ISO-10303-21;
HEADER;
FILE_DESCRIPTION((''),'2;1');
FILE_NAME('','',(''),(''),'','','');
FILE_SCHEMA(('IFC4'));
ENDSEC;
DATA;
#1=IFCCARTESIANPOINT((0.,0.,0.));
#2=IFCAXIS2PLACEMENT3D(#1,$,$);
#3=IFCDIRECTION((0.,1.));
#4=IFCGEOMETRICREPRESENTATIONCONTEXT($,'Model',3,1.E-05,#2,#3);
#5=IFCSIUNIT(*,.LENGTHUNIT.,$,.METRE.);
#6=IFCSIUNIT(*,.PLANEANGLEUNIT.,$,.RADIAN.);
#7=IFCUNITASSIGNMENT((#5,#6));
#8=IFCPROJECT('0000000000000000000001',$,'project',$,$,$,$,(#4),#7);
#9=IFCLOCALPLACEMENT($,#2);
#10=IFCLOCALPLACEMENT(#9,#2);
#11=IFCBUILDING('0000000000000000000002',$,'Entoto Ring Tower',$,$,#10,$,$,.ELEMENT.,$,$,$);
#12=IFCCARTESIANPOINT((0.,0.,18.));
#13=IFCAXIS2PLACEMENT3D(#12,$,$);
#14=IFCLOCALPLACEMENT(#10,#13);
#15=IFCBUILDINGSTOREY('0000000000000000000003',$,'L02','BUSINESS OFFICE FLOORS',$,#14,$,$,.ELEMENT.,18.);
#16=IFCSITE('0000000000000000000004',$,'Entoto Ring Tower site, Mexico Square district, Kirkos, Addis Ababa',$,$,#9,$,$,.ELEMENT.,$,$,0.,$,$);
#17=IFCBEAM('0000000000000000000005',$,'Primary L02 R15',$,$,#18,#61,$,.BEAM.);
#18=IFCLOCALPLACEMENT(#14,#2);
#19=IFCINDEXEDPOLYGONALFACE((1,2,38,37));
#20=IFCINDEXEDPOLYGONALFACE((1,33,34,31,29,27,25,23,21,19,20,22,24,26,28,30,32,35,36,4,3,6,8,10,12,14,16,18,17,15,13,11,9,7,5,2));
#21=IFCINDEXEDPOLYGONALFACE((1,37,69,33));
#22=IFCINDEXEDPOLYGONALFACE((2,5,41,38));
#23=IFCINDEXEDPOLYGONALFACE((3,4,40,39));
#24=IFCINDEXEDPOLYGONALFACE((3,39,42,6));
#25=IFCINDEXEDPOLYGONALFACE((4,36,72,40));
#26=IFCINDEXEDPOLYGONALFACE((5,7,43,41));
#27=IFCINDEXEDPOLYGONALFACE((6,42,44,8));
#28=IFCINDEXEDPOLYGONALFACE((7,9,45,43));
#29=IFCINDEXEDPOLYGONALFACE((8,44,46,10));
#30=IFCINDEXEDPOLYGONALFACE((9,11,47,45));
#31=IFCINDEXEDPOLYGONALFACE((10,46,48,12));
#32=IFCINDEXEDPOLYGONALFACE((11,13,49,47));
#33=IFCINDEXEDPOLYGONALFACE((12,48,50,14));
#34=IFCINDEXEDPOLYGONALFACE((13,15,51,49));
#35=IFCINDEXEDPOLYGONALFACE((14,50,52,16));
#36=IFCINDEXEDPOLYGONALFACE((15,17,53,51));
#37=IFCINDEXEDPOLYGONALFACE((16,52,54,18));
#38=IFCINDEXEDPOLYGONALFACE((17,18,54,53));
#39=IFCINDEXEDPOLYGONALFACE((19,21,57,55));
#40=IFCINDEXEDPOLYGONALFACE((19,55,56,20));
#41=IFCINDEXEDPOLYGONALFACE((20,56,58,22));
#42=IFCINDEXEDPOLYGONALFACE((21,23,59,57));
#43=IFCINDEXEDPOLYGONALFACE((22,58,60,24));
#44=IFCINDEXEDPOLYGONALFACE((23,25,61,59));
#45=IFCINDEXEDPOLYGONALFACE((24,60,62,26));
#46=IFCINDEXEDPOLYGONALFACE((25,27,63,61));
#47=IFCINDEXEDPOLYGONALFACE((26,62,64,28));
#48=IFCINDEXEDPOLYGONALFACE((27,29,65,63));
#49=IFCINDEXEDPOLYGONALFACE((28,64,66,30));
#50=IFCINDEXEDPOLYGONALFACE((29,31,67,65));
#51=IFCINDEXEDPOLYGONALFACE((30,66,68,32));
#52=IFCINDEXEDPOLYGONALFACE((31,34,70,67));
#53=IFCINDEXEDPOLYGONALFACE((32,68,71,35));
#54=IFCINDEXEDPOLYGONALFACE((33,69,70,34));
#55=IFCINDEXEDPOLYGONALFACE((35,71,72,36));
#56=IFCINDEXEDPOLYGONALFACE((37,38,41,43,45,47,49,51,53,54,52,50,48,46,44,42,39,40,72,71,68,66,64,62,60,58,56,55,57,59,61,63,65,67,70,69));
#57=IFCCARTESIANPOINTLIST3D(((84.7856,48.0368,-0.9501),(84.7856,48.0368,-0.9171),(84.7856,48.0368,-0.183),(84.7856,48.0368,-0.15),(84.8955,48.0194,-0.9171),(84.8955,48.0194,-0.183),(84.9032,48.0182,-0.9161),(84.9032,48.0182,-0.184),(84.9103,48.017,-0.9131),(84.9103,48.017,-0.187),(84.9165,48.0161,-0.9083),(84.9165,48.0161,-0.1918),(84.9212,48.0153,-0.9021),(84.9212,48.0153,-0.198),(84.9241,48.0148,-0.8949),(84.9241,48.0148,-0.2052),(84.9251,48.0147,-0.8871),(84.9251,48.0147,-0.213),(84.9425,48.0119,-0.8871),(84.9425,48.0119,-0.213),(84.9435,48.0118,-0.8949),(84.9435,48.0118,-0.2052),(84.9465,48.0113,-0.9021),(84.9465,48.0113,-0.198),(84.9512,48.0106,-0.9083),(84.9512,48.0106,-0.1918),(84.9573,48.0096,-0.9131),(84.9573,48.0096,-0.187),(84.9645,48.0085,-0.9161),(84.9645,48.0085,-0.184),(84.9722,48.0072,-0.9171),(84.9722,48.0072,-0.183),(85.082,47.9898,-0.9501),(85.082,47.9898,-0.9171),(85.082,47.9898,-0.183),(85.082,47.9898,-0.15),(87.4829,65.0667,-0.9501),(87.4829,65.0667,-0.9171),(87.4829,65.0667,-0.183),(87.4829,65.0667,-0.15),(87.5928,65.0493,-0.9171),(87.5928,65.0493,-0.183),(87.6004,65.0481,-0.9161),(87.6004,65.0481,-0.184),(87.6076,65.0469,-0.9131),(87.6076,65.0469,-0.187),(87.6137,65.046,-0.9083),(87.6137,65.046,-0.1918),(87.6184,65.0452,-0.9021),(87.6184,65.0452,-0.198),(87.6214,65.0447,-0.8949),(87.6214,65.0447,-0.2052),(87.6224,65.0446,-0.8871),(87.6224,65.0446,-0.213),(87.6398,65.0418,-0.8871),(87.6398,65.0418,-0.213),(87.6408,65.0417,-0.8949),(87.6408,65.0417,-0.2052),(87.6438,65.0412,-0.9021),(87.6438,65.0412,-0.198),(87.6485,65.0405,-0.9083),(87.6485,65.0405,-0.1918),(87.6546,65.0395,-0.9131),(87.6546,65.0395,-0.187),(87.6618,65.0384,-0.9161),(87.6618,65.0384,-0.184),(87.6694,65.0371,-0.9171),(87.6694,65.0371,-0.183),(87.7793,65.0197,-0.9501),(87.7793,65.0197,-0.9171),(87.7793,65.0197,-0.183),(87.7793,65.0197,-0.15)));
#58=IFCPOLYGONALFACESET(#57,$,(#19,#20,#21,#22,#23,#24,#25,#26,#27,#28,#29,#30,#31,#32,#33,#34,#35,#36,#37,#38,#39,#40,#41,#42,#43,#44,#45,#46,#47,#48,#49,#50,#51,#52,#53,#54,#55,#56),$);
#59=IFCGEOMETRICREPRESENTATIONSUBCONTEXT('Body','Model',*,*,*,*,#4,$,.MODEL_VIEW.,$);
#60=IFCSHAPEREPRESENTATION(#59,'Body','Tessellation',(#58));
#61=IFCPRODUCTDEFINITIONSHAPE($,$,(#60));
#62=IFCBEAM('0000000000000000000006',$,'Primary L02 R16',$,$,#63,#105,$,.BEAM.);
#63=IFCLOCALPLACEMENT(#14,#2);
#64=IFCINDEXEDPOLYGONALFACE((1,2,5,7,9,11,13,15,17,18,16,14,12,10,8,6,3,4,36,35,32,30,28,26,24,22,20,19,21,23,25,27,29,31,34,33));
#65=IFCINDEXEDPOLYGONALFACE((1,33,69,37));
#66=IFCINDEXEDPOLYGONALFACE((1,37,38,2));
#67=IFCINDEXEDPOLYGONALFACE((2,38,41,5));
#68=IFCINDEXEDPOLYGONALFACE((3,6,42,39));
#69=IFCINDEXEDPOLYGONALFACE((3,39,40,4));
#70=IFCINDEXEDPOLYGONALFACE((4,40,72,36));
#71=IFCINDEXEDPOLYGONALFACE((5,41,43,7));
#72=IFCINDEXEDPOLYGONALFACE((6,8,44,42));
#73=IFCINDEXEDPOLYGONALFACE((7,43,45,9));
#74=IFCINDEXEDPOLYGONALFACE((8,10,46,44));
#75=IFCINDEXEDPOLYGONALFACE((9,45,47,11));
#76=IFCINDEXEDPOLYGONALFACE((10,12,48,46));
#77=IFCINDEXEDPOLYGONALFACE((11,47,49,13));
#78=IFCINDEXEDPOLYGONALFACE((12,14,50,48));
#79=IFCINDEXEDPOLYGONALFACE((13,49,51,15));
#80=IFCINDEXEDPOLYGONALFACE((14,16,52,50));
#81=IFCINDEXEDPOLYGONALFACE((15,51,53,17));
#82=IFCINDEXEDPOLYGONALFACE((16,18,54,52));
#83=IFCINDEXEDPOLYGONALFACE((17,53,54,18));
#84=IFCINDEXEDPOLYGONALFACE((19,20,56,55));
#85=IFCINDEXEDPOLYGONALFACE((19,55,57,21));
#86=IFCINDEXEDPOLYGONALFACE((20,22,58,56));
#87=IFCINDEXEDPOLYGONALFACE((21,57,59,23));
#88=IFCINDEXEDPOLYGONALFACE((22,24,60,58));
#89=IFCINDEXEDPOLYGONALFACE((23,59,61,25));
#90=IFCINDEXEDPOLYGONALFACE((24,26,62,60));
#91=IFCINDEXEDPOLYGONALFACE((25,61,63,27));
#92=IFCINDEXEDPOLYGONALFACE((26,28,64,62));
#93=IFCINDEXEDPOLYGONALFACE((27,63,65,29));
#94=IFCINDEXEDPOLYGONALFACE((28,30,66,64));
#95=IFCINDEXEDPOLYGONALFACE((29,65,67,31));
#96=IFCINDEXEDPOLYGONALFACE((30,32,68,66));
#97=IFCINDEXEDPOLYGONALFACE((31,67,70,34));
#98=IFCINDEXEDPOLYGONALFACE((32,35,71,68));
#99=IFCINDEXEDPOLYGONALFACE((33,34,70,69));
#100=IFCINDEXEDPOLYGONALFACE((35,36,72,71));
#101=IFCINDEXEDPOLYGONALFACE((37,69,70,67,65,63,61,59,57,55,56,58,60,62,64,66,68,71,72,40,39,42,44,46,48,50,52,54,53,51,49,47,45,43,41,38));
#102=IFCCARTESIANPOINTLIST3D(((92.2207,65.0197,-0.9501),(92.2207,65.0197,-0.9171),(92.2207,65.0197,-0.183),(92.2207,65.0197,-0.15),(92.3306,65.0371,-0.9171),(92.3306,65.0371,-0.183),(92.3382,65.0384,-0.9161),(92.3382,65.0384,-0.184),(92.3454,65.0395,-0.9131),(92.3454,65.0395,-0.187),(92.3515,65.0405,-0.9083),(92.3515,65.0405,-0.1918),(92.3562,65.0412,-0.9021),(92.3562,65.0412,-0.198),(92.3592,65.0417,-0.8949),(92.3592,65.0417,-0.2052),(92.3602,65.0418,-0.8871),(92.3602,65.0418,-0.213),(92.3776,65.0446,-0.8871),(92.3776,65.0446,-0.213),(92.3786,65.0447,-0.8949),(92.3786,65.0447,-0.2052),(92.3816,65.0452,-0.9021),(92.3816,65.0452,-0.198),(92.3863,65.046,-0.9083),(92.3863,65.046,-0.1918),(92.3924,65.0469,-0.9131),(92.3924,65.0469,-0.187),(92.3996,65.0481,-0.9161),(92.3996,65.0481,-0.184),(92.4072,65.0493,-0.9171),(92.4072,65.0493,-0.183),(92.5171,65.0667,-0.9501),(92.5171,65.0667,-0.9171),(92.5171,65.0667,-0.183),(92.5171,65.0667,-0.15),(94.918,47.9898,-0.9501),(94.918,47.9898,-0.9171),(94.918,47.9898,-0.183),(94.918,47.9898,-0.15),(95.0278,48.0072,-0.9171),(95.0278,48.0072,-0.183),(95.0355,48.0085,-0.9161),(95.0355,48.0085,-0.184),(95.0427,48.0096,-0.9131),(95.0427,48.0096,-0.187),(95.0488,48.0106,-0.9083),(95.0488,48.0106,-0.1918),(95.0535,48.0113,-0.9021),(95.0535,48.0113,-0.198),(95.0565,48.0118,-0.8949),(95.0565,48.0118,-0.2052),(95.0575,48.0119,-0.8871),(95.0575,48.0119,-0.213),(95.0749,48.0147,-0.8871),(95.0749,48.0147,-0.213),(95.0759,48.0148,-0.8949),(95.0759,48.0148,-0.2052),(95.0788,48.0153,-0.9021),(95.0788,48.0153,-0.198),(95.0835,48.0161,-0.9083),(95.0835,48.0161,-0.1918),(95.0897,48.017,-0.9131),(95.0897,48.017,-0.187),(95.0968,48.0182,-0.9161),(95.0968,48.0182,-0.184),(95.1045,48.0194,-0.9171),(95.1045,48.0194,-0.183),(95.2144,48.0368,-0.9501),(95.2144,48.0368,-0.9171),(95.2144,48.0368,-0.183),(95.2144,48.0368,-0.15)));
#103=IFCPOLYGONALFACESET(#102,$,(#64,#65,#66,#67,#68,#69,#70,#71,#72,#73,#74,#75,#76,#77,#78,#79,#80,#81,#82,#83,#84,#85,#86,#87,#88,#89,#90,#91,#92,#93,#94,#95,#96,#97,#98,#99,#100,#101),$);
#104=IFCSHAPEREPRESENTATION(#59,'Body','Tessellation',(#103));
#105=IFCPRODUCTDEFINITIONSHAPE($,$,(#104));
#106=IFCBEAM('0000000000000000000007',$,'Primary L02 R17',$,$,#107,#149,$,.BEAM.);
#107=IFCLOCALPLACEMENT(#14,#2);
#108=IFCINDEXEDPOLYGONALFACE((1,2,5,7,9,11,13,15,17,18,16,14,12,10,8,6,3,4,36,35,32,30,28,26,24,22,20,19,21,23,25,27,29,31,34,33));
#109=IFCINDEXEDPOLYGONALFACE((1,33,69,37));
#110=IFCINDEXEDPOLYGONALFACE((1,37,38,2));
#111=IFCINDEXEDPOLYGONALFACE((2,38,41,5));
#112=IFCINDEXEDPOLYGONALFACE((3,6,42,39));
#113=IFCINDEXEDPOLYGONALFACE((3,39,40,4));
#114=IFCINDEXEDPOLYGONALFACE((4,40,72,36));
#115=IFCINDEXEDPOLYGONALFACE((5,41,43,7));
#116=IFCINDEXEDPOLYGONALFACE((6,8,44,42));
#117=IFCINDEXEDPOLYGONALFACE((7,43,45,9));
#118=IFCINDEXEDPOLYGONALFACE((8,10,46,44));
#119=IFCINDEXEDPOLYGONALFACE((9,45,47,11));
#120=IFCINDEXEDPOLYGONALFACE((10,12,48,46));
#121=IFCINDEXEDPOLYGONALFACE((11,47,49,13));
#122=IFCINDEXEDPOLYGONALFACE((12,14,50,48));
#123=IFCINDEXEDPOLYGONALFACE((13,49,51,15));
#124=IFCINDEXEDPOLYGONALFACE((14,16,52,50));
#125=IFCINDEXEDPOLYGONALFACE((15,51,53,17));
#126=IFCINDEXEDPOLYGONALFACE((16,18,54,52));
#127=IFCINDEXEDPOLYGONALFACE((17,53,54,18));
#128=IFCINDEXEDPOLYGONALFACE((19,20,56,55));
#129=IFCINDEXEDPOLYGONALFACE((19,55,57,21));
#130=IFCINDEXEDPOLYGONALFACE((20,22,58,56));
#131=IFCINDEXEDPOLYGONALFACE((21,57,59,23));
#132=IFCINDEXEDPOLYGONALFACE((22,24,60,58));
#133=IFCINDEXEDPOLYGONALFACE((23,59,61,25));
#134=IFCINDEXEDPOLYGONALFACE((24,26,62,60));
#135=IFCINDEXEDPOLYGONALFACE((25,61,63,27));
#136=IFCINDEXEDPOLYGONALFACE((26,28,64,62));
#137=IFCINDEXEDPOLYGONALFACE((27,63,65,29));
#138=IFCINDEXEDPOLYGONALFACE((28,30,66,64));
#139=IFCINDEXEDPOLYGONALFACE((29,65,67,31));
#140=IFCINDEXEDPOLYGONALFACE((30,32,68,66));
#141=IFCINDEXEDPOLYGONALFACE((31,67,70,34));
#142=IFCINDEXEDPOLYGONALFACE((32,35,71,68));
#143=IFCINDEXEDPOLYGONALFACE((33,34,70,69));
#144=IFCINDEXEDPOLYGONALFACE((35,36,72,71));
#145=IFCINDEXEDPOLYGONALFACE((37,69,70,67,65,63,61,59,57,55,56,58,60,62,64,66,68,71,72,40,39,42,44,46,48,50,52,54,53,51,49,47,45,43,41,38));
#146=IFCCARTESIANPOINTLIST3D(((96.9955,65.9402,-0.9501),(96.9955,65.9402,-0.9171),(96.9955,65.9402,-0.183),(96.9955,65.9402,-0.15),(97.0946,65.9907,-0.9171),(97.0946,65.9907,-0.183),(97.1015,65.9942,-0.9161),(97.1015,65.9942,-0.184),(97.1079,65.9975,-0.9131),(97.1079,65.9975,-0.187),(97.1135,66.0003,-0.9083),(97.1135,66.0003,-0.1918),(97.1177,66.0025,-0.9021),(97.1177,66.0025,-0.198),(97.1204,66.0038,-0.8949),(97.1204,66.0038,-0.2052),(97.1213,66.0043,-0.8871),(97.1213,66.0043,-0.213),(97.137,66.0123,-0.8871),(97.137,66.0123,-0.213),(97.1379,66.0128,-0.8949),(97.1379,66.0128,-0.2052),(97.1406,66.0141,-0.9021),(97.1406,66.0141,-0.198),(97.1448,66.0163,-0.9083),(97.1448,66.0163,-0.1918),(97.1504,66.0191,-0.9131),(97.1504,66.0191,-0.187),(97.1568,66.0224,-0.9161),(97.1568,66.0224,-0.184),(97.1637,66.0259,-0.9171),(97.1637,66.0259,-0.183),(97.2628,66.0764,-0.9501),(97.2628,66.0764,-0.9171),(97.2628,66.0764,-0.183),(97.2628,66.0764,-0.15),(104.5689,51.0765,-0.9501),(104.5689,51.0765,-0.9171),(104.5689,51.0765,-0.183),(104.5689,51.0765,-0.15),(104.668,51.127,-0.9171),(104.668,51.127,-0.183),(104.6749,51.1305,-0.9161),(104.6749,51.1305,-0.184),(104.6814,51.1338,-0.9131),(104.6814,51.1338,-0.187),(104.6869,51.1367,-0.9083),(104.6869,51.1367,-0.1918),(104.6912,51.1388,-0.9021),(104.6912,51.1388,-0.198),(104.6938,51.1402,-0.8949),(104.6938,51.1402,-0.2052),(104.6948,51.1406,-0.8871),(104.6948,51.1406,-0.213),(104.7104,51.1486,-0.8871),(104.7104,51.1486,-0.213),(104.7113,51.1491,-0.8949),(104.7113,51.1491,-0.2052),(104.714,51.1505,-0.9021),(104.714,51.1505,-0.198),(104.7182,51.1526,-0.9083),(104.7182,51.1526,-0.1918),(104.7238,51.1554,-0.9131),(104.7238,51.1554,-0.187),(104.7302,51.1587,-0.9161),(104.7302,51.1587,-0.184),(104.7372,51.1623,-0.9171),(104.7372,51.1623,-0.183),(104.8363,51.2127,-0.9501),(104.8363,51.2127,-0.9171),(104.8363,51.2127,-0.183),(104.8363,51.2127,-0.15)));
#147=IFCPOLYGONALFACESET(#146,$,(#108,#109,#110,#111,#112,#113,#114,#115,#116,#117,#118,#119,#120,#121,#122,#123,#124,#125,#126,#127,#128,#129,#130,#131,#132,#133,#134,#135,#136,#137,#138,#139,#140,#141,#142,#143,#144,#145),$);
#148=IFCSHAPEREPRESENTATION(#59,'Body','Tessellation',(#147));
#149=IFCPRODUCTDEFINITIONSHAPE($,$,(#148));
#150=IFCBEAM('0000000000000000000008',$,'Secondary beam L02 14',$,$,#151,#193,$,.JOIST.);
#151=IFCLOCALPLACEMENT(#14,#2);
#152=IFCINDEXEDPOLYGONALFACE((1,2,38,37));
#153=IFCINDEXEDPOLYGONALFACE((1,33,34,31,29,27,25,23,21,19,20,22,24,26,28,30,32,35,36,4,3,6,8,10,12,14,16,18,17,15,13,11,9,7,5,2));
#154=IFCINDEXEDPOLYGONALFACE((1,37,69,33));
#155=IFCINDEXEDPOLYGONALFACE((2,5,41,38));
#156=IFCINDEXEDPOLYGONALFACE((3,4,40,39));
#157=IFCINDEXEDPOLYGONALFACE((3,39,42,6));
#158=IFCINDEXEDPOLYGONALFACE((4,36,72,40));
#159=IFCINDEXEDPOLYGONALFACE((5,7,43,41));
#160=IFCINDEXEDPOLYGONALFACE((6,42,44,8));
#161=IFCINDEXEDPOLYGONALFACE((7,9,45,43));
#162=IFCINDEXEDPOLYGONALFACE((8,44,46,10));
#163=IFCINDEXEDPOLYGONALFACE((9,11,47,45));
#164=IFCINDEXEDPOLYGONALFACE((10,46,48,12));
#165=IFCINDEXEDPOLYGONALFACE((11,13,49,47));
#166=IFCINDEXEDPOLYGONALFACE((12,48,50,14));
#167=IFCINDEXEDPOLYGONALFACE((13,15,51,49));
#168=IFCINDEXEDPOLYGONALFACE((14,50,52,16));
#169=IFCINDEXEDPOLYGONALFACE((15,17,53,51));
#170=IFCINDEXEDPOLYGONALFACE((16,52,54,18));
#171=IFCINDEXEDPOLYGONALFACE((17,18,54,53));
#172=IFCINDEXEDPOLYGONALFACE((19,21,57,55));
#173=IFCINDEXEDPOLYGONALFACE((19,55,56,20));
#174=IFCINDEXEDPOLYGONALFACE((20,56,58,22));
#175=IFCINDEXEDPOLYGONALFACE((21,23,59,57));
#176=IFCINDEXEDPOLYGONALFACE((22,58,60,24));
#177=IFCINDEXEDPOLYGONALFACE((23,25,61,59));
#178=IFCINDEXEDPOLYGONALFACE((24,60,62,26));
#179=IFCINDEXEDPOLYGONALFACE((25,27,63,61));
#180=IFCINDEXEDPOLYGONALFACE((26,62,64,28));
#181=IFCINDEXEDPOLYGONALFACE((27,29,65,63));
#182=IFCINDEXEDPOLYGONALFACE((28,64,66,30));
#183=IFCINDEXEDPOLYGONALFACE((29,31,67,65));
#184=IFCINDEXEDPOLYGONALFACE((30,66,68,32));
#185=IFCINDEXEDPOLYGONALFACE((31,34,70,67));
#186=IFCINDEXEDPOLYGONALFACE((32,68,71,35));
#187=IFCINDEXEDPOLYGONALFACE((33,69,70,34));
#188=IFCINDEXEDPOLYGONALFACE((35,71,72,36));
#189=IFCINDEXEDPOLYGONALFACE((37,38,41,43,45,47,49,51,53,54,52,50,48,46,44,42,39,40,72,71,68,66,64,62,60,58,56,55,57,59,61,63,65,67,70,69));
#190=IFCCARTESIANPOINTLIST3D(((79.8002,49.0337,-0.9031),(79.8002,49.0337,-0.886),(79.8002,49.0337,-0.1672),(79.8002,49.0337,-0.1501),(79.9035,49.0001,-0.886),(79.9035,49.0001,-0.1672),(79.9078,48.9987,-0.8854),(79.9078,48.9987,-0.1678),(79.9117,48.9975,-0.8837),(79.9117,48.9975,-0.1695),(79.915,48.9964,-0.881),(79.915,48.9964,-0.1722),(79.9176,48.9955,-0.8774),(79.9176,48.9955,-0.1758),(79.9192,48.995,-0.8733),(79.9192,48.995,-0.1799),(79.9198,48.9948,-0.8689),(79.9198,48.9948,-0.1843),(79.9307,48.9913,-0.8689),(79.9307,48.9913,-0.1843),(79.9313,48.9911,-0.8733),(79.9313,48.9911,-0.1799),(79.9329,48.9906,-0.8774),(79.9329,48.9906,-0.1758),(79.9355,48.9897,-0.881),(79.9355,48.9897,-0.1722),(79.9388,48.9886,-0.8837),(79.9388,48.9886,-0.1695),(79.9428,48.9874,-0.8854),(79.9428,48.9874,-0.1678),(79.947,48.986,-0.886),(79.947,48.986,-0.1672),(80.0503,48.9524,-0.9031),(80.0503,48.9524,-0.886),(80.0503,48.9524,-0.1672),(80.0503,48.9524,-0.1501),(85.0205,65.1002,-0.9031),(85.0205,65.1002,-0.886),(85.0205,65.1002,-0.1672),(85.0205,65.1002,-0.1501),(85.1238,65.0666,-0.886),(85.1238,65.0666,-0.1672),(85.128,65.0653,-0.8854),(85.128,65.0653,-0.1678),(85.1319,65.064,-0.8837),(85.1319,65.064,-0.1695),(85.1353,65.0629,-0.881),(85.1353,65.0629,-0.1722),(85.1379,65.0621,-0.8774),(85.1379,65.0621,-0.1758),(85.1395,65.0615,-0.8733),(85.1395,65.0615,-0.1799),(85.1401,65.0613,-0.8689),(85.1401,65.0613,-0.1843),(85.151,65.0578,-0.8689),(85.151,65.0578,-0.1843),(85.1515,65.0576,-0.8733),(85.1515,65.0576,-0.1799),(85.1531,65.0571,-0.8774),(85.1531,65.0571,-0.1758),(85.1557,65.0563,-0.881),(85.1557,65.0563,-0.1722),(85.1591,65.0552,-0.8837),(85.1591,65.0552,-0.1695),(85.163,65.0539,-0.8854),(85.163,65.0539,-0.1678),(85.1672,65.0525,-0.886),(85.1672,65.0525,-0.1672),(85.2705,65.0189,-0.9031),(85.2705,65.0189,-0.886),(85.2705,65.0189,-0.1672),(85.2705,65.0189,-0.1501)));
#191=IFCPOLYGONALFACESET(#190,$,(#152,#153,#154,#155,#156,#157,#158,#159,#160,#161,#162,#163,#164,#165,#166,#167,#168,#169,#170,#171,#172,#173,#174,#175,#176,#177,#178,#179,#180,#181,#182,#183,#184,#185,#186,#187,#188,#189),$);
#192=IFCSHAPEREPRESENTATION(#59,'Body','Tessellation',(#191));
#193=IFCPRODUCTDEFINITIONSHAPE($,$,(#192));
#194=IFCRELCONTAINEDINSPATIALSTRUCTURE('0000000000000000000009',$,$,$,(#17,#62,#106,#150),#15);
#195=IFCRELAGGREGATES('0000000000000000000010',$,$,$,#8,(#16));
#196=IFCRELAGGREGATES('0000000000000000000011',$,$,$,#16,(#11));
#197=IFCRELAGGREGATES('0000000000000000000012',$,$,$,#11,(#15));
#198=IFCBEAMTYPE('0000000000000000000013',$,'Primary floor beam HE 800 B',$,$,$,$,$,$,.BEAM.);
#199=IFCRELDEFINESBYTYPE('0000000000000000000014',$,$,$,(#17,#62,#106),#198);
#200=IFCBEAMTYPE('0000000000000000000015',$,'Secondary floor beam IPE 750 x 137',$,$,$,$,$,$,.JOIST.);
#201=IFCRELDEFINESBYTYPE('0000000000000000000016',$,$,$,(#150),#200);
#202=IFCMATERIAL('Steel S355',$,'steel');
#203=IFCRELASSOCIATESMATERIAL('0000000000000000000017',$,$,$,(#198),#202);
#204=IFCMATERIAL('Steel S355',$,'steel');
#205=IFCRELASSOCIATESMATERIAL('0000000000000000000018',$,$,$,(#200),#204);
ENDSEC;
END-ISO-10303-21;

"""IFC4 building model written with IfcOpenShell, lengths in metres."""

from ifc_helpers import new_model, si_unit, direction, frame, origin, origin_2d, place, context, subcontext, project, spatial, i_section, extrude, material, material_profile, profile_set, type_object, element, save


model = new_model("IFC4")

# Units and contexts
model_context = context("Model", 3, precision=1e-05, world=origin(), true_north=direction((0.0, 1.0)))
body_context = subcontext(model_context, "Body", "Model", "MODEL_VIEW")
ifc_project = project(units=[si_unit("LENGTHUNIT", "METRE"), si_unit("PLANEANGLEUNIT", "RADIAN")], contexts=[model_context])

# Site, building, storey
site_placement = place(None, origin())
site = spatial("IfcSite", under=ifc_project, at=site_placement, Name="Entoto Ring Tower site, Mexico Square district, Kirkos, Addis Ababa", CompositionType="ELEMENT", RefElevation=0.0)
building_placement = place(site_placement, origin())
building = spatial("IfcBuilding", under=site, at=building_placement, Name="Entoto Ring Tower", CompositionType="ELEMENT")
storey_placement = place(building_placement, frame((0.0, 0.0, 18.0)))
storey = spatial("IfcBuildingStorey", under=building, at=storey_placement, Name="L02", Description="BUSINESS OFFICE FLOORS", CompositionType="ELEMENT", Elevation=18.0)

# Beams
ifc_material_1 = material(Name="Steel S355", Category="steel")
ifc_material_profile_1 = material_profile(ifc_material_1, i_section(OverallWidth=0.3, OverallDepth=0.8, WebThickness=0.0176, FlangeThickness=0.033, FilletRadius=0.03, at=origin_2d()), Name="HE 800 B")
ifc_profile_set_1 = profile_set([ifc_material_profile_1], Name="Steel S355")
beam_type_1 = type_object("IfcBeamType", Name="Primary floor beam HE 800 B", PredefinedType="BEAM", material=ifc_profile_set_1)
for number, where, z_axis, x_axis, name in (
    (1, (87.6311, 65.0432, -0.55), (-0.156435, -0.987688, 0.0), (0.987688, -0.156435, 0.0), "Primary L02 R15"),
    (2, (92.3689, 65.0432, -0.55), (0.156435, -0.987688, 0.0), (0.987688, 0.156435, 0.0), "Primary L02 R16"),
):
    element("IfcBeam", number, at=place(storey_placement, frame(where, z_axis=z_axis, x_axis=x_axis)), inside=storey, type_object=beam_type_1, Name=name, PredefinedType="BEAM", context=body_context, shape_type="SweptSolid", body=[
        extrude(i_section(OverallWidth=0.3, OverallDepth=0.8, WebThickness=0.0176, FlangeThickness=0.033, FilletRadius=0.03, at=origin_2d()), origin(), (0.0, 0.0, 1.0), 17.2422),
    ])
beam_1_placement = place(storey_placement, frame((97.1292, 66.0083, -0.55), z_axis=(0.453991, -0.891006, 0.0), x_axis=(0.891006, 0.453991, 0.0)))
element("IfcBeam", 3, at=beam_1_placement, inside=storey, type_object=beam_type_1, Name="Primary L02 R17", PredefinedType="BEAM", context=body_context, shape_type="SweptSolid", body=[
    extrude(i_section(OverallWidth=0.3, OverallDepth=0.8, WebThickness=0.0176, FlangeThickness=0.033, FilletRadius=0.03, at=origin_2d()), origin(), (0.0, 0.0, 1.0), 16.6819),
])
ifc_material_2 = material(Name="Steel S355", Category="steel")
ifc_material_profile_2 = material_profile(ifc_material_2, i_section(OverallWidth=0.2629, OverallDepth=0.7529, WebThickness=0.0115, FlangeThickness=0.0171, FilletRadius=0.0171, at=origin_2d()), Name="IPE 750 x 137")
ifc_profile_set_2 = profile_set([ifc_material_profile_2], Name="Steel S355")
beam_type_2 = type_object("IfcBeamType", Name="Secondary floor beam IPE 750 x 137", PredefinedType="JOIST", material=ifc_profile_set_2)
beam_2_placement = place(storey_placement, frame((85.1455, 65.0596, -0.5266), z_axis=(-0.309013, -0.951058, 0.0), x_axis=(0.951058, -0.309013, 0.0)))
element("IfcBeam", 4, at=beam_2_placement, inside=storey, type_object=beam_type_2, Name="Secondary beam L02 14", PredefinedType="JOIST", context=body_context, shape_type="SweptSolid", body=[
    extrude(i_section(OverallWidth=0.2629, OverallDepth=0.7529, WebThickness=0.0115, FlangeThickness=0.0171, FilletRadius=0.0171, at=origin_2d()), origin(), (0.0, 0.0, 1.0), 16.8933),
])

save(model, "model.ifc")
